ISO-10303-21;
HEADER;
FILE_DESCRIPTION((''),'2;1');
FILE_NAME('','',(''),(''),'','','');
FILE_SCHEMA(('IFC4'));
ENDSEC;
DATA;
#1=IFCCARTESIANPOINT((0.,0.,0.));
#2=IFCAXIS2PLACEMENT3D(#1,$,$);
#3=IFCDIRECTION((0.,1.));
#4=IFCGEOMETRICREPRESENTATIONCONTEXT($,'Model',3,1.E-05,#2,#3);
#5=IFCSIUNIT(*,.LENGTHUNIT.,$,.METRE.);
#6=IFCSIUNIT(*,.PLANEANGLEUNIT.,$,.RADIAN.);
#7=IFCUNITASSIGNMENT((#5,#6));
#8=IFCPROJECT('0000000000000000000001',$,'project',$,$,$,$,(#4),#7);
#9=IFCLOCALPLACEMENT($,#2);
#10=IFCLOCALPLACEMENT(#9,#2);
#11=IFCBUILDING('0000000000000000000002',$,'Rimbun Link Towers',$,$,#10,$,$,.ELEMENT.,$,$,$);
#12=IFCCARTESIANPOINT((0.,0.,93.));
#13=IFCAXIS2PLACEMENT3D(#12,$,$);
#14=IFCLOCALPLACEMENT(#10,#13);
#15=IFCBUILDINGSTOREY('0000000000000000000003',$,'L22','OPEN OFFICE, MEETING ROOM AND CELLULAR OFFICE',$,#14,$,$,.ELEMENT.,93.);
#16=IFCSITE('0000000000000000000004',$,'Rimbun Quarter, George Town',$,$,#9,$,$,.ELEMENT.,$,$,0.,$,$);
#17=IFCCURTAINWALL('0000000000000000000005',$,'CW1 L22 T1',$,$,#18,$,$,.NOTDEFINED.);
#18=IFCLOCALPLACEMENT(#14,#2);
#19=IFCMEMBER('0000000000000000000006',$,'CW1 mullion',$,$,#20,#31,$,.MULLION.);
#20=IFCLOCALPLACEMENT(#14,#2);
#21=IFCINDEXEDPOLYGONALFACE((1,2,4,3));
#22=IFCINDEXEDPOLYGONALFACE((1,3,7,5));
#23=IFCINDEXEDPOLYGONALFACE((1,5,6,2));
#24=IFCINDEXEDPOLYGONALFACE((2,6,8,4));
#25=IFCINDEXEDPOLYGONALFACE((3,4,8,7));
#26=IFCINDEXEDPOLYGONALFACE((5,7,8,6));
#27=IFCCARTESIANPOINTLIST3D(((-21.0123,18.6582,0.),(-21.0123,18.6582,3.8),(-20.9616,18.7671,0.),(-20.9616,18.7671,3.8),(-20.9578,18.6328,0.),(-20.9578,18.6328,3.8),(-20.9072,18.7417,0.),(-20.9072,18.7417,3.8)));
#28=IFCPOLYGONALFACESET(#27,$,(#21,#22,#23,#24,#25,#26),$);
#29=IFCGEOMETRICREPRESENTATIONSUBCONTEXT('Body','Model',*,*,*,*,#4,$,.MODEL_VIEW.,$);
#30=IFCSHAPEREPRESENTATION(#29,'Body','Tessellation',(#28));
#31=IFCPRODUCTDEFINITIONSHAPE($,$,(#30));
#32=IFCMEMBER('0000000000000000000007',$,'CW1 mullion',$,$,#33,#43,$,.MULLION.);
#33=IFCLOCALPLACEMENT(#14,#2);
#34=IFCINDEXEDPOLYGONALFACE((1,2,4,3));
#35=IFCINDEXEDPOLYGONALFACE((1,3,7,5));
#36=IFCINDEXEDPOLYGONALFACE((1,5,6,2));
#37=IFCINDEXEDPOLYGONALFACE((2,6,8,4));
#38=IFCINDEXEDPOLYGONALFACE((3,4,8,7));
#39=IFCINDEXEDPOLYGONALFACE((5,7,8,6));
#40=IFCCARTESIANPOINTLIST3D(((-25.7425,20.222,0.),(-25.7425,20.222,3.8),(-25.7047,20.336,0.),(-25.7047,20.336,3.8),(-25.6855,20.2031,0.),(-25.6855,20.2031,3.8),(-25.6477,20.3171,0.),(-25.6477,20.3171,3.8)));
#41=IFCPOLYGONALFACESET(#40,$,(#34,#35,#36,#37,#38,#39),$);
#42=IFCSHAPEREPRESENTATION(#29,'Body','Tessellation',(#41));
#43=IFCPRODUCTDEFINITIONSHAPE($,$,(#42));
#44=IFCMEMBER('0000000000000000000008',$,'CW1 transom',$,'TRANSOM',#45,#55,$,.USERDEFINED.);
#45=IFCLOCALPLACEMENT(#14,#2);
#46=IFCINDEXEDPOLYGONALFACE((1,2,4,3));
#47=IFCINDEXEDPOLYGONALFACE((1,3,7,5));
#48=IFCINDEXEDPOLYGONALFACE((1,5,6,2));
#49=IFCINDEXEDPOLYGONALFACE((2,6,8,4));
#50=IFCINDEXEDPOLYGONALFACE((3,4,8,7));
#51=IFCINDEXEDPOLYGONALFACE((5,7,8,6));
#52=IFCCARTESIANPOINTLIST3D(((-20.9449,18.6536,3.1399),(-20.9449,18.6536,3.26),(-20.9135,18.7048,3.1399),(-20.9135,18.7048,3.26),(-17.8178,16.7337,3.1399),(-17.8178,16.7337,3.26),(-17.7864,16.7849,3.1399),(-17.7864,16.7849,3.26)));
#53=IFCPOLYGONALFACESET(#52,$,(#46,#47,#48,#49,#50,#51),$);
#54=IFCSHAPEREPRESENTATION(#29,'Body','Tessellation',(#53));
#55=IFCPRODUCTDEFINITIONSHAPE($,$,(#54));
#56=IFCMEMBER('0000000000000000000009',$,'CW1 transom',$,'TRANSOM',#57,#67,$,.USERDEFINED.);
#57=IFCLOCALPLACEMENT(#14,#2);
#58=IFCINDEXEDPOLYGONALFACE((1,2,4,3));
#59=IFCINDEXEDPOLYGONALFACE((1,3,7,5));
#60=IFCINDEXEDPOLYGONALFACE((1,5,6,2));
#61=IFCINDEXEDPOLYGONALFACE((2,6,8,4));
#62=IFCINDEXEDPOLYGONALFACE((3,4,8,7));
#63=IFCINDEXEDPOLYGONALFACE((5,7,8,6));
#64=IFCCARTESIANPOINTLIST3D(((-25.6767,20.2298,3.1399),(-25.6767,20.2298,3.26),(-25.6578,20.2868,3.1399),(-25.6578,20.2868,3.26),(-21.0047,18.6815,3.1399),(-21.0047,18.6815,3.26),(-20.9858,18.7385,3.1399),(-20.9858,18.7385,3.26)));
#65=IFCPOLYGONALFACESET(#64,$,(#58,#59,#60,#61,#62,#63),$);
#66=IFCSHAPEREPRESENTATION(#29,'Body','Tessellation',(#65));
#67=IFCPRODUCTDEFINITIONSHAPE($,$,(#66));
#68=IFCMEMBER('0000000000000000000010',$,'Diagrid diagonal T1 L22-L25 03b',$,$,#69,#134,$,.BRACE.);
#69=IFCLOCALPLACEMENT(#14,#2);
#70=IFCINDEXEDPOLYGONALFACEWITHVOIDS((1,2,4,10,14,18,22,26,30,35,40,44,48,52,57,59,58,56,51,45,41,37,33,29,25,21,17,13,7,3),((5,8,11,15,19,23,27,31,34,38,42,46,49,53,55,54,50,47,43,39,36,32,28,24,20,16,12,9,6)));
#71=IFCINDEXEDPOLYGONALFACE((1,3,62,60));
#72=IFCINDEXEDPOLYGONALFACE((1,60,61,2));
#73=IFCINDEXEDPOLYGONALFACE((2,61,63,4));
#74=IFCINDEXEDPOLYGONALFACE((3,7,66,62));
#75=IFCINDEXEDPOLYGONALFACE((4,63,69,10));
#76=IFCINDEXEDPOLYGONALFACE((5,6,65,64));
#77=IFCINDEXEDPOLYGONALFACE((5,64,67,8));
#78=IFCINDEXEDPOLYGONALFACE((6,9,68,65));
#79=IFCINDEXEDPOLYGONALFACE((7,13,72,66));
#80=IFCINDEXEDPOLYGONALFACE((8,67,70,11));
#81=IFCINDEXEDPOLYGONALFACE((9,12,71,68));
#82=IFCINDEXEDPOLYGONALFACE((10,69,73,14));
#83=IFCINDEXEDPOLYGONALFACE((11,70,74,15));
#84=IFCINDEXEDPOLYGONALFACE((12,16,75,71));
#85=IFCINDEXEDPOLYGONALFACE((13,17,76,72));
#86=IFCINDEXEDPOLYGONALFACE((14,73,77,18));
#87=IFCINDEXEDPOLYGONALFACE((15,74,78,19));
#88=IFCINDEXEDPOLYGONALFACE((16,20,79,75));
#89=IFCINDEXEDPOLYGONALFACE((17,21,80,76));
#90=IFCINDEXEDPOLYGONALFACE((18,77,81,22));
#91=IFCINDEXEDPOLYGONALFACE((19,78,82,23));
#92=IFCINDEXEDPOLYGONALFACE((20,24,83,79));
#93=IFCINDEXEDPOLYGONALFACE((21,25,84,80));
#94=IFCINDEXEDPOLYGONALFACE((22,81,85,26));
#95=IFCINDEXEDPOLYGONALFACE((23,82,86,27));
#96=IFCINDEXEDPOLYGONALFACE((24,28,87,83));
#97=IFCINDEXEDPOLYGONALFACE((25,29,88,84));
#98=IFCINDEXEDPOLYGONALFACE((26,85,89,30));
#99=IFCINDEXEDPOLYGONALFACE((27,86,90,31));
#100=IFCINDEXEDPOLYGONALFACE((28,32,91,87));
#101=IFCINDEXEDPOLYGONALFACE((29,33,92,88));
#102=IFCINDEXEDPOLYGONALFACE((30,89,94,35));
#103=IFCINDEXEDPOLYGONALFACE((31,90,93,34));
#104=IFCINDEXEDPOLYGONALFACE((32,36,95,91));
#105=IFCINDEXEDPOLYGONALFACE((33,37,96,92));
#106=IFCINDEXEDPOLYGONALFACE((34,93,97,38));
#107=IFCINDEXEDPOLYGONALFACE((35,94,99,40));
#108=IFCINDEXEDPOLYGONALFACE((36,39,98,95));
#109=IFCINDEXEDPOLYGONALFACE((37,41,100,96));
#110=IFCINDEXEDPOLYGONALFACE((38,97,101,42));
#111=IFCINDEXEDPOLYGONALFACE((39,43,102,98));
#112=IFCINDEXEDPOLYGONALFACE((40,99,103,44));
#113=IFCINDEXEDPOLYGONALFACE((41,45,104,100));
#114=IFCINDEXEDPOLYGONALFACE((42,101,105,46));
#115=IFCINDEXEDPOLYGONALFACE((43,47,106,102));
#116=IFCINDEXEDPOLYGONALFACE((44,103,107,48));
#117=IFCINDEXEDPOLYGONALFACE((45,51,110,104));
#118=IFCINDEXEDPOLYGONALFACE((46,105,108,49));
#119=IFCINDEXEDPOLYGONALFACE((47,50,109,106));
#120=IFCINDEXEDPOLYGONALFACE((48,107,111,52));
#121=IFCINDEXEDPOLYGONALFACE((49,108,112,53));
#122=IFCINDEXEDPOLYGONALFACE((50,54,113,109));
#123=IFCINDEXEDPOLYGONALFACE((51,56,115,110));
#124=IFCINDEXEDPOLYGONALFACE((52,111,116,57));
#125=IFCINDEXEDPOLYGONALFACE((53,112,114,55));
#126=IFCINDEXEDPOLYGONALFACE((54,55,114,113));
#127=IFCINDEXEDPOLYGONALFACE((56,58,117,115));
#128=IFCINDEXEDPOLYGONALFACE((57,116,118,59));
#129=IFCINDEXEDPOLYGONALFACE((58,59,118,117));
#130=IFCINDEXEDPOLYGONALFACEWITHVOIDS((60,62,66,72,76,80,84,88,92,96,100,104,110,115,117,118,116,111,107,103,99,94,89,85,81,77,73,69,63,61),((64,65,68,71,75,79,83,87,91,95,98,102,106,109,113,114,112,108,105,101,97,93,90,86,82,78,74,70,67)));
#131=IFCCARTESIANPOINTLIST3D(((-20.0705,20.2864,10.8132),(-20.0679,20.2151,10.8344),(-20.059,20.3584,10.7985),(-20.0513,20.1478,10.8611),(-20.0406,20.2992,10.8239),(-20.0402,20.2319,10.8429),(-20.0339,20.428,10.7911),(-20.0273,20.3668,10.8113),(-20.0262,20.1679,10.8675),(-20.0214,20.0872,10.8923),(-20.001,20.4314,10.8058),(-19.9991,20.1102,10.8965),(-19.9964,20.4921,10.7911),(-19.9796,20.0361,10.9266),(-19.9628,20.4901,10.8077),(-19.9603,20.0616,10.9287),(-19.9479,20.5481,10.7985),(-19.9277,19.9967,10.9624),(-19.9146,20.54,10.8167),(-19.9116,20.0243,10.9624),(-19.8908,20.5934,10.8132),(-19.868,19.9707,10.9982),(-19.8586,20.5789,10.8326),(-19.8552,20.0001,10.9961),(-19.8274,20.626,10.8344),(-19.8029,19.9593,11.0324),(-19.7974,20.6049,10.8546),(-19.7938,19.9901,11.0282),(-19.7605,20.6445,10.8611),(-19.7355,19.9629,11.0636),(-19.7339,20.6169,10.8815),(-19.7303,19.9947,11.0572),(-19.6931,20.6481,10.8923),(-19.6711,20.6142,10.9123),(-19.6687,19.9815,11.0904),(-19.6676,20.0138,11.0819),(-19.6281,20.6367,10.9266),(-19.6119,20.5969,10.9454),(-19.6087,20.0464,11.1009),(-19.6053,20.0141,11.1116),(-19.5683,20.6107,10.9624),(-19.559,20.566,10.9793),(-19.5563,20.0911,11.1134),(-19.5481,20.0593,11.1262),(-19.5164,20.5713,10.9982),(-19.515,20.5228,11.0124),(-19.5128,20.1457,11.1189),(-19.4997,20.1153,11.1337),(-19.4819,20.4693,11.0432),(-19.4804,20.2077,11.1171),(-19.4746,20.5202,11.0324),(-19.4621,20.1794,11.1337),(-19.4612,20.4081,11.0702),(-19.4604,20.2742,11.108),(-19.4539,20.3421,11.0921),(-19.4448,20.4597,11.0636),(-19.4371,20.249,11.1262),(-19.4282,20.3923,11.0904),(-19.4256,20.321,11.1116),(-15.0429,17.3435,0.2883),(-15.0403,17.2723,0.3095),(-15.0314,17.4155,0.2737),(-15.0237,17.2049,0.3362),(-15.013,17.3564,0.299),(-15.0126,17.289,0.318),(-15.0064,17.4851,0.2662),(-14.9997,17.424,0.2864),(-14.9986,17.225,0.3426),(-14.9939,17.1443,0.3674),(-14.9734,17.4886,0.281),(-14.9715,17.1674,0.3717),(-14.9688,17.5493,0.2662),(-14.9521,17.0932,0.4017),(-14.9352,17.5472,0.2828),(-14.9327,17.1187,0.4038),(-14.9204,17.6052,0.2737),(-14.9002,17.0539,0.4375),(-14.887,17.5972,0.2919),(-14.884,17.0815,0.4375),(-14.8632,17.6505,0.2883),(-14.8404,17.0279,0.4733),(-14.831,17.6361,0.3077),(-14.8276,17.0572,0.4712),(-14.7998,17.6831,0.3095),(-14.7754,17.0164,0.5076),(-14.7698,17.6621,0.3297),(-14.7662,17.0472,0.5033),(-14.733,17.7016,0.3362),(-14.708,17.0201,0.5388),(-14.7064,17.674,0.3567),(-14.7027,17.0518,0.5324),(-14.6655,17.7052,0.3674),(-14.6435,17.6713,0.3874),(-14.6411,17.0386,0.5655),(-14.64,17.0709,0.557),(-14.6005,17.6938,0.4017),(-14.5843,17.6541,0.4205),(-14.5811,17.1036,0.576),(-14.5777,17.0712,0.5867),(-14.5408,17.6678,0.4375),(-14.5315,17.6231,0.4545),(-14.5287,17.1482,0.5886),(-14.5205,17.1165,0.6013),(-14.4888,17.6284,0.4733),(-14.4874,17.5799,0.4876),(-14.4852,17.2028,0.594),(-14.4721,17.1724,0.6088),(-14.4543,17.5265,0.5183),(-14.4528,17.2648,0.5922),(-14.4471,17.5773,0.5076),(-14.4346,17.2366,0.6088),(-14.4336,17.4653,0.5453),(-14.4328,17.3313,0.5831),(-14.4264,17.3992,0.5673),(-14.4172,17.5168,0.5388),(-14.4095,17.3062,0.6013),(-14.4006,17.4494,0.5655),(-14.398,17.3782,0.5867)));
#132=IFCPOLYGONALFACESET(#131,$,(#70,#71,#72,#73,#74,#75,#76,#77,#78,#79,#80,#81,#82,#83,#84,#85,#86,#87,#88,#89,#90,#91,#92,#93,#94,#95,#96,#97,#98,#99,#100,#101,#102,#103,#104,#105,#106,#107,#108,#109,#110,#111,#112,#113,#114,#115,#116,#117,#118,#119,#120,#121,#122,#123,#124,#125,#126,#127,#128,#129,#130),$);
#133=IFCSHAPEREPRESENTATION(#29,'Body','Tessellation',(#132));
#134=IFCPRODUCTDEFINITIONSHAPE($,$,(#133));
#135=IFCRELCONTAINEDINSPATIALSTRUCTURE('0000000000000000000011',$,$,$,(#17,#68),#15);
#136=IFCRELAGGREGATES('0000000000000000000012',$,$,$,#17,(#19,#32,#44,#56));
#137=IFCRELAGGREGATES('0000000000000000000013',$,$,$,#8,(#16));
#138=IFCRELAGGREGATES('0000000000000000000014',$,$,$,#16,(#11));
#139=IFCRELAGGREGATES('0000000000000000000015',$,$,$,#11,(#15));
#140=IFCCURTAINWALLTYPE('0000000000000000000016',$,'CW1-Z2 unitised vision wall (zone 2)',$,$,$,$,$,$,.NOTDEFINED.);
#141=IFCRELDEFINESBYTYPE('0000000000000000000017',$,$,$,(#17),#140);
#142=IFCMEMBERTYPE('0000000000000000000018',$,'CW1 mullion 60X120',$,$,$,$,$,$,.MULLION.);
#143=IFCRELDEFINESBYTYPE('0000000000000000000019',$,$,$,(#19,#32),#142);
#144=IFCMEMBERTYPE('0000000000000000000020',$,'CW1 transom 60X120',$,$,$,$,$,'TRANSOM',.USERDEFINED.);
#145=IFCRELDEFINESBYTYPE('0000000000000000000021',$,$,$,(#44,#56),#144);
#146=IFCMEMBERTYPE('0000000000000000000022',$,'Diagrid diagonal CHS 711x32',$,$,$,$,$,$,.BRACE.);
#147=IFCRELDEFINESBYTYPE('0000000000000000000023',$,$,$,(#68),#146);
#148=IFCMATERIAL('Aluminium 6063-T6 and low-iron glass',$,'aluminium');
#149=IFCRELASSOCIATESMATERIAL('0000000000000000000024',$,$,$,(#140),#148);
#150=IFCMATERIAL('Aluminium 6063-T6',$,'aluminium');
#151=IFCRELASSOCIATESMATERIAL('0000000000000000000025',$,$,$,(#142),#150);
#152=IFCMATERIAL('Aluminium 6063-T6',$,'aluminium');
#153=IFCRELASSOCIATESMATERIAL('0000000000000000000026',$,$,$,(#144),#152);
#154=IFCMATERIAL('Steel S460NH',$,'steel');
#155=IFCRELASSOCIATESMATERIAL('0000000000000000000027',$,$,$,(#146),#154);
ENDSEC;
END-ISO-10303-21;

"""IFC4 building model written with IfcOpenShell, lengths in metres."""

from ifc_helpers import new_model, si_unit, direction, frame, origin, origin_2d, place, context, subcontext, project, spatial, rectangle, hollow_circle, extrude, material, material_profile, profile_set, type_object, element, aggregate, save


model = new_model("IFC4")

# Units and contexts
model_context = context("Model", 3, precision=1e-05, world=origin(), true_north=direction((0.0, 1.0)))
body_context = subcontext(model_context, "Body", "Model", "MODEL_VIEW")
ifc_project = project(units=[si_unit("LENGTHUNIT", "METRE"), si_unit("PLANEANGLEUNIT", "RADIAN")], contexts=[model_context])

# Site, building, storey
site_placement = place(None, origin())
site = spatial("IfcSite", under=ifc_project, at=site_placement, Name="Rimbun Quarter, George Town", CompositionType="ELEMENT", RefElevation=0.0)
building_placement = place(site_placement, origin())
building = spatial("IfcBuilding", under=site, at=building_placement, Name="Rimbun Link Towers", CompositionType="ELEMENT")
storey_placement = place(building_placement, frame((0.0, 0.0, 93.0)))
storey = spatial("IfcBuildingStorey", under=building, at=storey_placement, Name="L22", Description="OPEN OFFICE, MEETING ROOM AND CELLULAR OFFICE", CompositionType="ELEMENT", Elevation=93.0)

# Curtain wall, members
ifc_material_1 = material(Name="Aluminium 6063-T6 and low-iron glass", Category="aluminium")
curtain_wall_type = type_object("IfcCurtainWallType", Name="CW1-Z2 unitised vision wall (zone 2)", PredefinedType="NOTDEFINED", material=ifc_material_1)
curtain_wall_placement = place(storey_placement, origin())
curtain_wall = element("IfcCurtainWall", 1, at=curtain_wall_placement, inside=storey, type_object=curtain_wall_type, Name="CW1 L22 T1", PredefinedType="NOTDEFINED")
ifc_material_2 = material(Name="Aluminium 6063-T6", Category="aluminium")
ifc_material_profile_1 = material_profile(ifc_material_2, rectangle(XDim=0.1201, YDim=0.0601, at=origin_2d()), Name="MULLION 60X120")
ifc_profile_set_1 = profile_set([ifc_material_profile_1], Name="Aluminium 6063-T6")
member_type_1 = type_object("IfcMemberType", Name="CW1 mullion 60X120", PredefinedType="MULLION", material=ifc_profile_set_1)
member_1_placement = place(storey_placement, frame((-20.9597, 18.7, 0.0), z_axis=(0.0, 0.0, 1.0), x_axis=(0.421699, 0.906736, 0.0)))
member_1 = element("IfcMember", 2, at=member_1_placement, type_object=member_type_1, Name="CW1 mullion", PredefinedType="MULLION", context=body_context, shape_type="SweptSolid", body=[
    extrude(rectangle(XDim=0.1201, YDim=0.0601, at=origin_2d()), origin(), (0.0, 0.0, 1.0), 3.8),
])
member_2_placement = place(storey_placement, frame((-25.6951, 20.2695, 0.0), z_axis=(0.0, 0.0, 1.0), x_axis=(0.314556, 0.949239, 0.0)))
member_2 = element("IfcMember", 3, at=member_2_placement, type_object=member_type_1, Name="CW1 mullion", PredefinedType="MULLION", context=body_context, shape_type="SweptSolid", body=[
    extrude(rectangle(XDim=0.1201, YDim=0.0601, at=origin_2d()), origin(), (0.0, 0.0, 1.0), 3.8),
])
ifc_material_3 = material(Name="Aluminium 6063-T6", Category="aluminium")
ifc_material_profile_2 = material_profile(ifc_material_3, rectangle(XDim=0.0601, YDim=0.1201, at=origin_2d()), Name="TRANSOM 60X120")
ifc_profile_set_2 = profile_set([ifc_material_profile_2], Name="Aluminium 6063-T6")
member_type_2 = type_object("IfcMemberType", Name="CW1 transom 60X120", ElementType="TRANSOM", PredefinedType="USERDEFINED", material=ifc_profile_set_2)
member_3_placement = place(storey_placement, frame((-20.9292, 18.6792, 3.2), z_axis=(0.852206, -0.523206, 0.0), x_axis=(0.523206, 0.852206, 0.0)))
member_3 = element("IfcMember", 4, at=member_3_placement, type_object=member_type_2, Name="CW1 transom", ObjectType="TRANSOM", PredefinedType="USERDEFINED", context=body_context, shape_type="SweptSolid", body=[
    extrude(rectangle(XDim=0.0601, YDim=0.1201, at=origin_2d()), origin(), (0.0, 0.0, 1.0), 3.6694),
])
member_4_placement = place(storey_placement, frame((-25.6672, 20.2583, 3.2), z_axis=(0.949232, -0.314576, 0.0), x_axis=(0.314576, 0.949232, 0.0)))
member_4 = element("IfcMember", 5, at=member_4_placement, type_object=member_type_2, Name="CW1 transom", ObjectType="TRANSOM", PredefinedType="USERDEFINED", context=body_context, shape_type="SweptSolid", body=[
    extrude(rectangle(XDim=0.0601, YDim=0.1201, at=origin_2d()), origin(), (0.0, 0.0, 1.0), 4.9219),
])

# Member
ifc_material_4 = material(Name="Steel S460NH", Category="steel")
ifc_material_profile_3 = material_profile(ifc_material_4, hollow_circle(Radius=0.3557, WallThickness=0.032, at=origin_2d()), Name="Diagrid diagonal CHS 711x32")
ifc_profile_set_3 = profile_set([ifc_material_profile_3], Name="Steel S460NH")
member_type_3 = type_object("IfcMemberType", Name="Diagrid diagonal CHS 711x32", PredefinedType="BRACE", material=ifc_profile_set_3)
member_5_placement = place(storey_placement, frame((-14.7205, 17.3608, 0.4375), z_axis=(-0.417936, 0.244636, 0.874919), x_axis=(-0.505165, -0.863022, 0.0)))
element("IfcMember", 6, at=member_5_placement, inside=storey, type_object=member_type_3, Name="Diagrid diagonal T1 L22-L25 03b", PredefinedType="BRACE", context=body_context, shape_type="SweptSolid", body=[
    extrude(hollow_circle(Radius=0.3557, WallThickness=0.032, at=origin_2d()), origin(), (0.0, 0.0, 1.0), 12.0295),
])

aggregate(curtain_wall, [member_1, member_2, member_3, member_4])

save(model, "model.ifc")
